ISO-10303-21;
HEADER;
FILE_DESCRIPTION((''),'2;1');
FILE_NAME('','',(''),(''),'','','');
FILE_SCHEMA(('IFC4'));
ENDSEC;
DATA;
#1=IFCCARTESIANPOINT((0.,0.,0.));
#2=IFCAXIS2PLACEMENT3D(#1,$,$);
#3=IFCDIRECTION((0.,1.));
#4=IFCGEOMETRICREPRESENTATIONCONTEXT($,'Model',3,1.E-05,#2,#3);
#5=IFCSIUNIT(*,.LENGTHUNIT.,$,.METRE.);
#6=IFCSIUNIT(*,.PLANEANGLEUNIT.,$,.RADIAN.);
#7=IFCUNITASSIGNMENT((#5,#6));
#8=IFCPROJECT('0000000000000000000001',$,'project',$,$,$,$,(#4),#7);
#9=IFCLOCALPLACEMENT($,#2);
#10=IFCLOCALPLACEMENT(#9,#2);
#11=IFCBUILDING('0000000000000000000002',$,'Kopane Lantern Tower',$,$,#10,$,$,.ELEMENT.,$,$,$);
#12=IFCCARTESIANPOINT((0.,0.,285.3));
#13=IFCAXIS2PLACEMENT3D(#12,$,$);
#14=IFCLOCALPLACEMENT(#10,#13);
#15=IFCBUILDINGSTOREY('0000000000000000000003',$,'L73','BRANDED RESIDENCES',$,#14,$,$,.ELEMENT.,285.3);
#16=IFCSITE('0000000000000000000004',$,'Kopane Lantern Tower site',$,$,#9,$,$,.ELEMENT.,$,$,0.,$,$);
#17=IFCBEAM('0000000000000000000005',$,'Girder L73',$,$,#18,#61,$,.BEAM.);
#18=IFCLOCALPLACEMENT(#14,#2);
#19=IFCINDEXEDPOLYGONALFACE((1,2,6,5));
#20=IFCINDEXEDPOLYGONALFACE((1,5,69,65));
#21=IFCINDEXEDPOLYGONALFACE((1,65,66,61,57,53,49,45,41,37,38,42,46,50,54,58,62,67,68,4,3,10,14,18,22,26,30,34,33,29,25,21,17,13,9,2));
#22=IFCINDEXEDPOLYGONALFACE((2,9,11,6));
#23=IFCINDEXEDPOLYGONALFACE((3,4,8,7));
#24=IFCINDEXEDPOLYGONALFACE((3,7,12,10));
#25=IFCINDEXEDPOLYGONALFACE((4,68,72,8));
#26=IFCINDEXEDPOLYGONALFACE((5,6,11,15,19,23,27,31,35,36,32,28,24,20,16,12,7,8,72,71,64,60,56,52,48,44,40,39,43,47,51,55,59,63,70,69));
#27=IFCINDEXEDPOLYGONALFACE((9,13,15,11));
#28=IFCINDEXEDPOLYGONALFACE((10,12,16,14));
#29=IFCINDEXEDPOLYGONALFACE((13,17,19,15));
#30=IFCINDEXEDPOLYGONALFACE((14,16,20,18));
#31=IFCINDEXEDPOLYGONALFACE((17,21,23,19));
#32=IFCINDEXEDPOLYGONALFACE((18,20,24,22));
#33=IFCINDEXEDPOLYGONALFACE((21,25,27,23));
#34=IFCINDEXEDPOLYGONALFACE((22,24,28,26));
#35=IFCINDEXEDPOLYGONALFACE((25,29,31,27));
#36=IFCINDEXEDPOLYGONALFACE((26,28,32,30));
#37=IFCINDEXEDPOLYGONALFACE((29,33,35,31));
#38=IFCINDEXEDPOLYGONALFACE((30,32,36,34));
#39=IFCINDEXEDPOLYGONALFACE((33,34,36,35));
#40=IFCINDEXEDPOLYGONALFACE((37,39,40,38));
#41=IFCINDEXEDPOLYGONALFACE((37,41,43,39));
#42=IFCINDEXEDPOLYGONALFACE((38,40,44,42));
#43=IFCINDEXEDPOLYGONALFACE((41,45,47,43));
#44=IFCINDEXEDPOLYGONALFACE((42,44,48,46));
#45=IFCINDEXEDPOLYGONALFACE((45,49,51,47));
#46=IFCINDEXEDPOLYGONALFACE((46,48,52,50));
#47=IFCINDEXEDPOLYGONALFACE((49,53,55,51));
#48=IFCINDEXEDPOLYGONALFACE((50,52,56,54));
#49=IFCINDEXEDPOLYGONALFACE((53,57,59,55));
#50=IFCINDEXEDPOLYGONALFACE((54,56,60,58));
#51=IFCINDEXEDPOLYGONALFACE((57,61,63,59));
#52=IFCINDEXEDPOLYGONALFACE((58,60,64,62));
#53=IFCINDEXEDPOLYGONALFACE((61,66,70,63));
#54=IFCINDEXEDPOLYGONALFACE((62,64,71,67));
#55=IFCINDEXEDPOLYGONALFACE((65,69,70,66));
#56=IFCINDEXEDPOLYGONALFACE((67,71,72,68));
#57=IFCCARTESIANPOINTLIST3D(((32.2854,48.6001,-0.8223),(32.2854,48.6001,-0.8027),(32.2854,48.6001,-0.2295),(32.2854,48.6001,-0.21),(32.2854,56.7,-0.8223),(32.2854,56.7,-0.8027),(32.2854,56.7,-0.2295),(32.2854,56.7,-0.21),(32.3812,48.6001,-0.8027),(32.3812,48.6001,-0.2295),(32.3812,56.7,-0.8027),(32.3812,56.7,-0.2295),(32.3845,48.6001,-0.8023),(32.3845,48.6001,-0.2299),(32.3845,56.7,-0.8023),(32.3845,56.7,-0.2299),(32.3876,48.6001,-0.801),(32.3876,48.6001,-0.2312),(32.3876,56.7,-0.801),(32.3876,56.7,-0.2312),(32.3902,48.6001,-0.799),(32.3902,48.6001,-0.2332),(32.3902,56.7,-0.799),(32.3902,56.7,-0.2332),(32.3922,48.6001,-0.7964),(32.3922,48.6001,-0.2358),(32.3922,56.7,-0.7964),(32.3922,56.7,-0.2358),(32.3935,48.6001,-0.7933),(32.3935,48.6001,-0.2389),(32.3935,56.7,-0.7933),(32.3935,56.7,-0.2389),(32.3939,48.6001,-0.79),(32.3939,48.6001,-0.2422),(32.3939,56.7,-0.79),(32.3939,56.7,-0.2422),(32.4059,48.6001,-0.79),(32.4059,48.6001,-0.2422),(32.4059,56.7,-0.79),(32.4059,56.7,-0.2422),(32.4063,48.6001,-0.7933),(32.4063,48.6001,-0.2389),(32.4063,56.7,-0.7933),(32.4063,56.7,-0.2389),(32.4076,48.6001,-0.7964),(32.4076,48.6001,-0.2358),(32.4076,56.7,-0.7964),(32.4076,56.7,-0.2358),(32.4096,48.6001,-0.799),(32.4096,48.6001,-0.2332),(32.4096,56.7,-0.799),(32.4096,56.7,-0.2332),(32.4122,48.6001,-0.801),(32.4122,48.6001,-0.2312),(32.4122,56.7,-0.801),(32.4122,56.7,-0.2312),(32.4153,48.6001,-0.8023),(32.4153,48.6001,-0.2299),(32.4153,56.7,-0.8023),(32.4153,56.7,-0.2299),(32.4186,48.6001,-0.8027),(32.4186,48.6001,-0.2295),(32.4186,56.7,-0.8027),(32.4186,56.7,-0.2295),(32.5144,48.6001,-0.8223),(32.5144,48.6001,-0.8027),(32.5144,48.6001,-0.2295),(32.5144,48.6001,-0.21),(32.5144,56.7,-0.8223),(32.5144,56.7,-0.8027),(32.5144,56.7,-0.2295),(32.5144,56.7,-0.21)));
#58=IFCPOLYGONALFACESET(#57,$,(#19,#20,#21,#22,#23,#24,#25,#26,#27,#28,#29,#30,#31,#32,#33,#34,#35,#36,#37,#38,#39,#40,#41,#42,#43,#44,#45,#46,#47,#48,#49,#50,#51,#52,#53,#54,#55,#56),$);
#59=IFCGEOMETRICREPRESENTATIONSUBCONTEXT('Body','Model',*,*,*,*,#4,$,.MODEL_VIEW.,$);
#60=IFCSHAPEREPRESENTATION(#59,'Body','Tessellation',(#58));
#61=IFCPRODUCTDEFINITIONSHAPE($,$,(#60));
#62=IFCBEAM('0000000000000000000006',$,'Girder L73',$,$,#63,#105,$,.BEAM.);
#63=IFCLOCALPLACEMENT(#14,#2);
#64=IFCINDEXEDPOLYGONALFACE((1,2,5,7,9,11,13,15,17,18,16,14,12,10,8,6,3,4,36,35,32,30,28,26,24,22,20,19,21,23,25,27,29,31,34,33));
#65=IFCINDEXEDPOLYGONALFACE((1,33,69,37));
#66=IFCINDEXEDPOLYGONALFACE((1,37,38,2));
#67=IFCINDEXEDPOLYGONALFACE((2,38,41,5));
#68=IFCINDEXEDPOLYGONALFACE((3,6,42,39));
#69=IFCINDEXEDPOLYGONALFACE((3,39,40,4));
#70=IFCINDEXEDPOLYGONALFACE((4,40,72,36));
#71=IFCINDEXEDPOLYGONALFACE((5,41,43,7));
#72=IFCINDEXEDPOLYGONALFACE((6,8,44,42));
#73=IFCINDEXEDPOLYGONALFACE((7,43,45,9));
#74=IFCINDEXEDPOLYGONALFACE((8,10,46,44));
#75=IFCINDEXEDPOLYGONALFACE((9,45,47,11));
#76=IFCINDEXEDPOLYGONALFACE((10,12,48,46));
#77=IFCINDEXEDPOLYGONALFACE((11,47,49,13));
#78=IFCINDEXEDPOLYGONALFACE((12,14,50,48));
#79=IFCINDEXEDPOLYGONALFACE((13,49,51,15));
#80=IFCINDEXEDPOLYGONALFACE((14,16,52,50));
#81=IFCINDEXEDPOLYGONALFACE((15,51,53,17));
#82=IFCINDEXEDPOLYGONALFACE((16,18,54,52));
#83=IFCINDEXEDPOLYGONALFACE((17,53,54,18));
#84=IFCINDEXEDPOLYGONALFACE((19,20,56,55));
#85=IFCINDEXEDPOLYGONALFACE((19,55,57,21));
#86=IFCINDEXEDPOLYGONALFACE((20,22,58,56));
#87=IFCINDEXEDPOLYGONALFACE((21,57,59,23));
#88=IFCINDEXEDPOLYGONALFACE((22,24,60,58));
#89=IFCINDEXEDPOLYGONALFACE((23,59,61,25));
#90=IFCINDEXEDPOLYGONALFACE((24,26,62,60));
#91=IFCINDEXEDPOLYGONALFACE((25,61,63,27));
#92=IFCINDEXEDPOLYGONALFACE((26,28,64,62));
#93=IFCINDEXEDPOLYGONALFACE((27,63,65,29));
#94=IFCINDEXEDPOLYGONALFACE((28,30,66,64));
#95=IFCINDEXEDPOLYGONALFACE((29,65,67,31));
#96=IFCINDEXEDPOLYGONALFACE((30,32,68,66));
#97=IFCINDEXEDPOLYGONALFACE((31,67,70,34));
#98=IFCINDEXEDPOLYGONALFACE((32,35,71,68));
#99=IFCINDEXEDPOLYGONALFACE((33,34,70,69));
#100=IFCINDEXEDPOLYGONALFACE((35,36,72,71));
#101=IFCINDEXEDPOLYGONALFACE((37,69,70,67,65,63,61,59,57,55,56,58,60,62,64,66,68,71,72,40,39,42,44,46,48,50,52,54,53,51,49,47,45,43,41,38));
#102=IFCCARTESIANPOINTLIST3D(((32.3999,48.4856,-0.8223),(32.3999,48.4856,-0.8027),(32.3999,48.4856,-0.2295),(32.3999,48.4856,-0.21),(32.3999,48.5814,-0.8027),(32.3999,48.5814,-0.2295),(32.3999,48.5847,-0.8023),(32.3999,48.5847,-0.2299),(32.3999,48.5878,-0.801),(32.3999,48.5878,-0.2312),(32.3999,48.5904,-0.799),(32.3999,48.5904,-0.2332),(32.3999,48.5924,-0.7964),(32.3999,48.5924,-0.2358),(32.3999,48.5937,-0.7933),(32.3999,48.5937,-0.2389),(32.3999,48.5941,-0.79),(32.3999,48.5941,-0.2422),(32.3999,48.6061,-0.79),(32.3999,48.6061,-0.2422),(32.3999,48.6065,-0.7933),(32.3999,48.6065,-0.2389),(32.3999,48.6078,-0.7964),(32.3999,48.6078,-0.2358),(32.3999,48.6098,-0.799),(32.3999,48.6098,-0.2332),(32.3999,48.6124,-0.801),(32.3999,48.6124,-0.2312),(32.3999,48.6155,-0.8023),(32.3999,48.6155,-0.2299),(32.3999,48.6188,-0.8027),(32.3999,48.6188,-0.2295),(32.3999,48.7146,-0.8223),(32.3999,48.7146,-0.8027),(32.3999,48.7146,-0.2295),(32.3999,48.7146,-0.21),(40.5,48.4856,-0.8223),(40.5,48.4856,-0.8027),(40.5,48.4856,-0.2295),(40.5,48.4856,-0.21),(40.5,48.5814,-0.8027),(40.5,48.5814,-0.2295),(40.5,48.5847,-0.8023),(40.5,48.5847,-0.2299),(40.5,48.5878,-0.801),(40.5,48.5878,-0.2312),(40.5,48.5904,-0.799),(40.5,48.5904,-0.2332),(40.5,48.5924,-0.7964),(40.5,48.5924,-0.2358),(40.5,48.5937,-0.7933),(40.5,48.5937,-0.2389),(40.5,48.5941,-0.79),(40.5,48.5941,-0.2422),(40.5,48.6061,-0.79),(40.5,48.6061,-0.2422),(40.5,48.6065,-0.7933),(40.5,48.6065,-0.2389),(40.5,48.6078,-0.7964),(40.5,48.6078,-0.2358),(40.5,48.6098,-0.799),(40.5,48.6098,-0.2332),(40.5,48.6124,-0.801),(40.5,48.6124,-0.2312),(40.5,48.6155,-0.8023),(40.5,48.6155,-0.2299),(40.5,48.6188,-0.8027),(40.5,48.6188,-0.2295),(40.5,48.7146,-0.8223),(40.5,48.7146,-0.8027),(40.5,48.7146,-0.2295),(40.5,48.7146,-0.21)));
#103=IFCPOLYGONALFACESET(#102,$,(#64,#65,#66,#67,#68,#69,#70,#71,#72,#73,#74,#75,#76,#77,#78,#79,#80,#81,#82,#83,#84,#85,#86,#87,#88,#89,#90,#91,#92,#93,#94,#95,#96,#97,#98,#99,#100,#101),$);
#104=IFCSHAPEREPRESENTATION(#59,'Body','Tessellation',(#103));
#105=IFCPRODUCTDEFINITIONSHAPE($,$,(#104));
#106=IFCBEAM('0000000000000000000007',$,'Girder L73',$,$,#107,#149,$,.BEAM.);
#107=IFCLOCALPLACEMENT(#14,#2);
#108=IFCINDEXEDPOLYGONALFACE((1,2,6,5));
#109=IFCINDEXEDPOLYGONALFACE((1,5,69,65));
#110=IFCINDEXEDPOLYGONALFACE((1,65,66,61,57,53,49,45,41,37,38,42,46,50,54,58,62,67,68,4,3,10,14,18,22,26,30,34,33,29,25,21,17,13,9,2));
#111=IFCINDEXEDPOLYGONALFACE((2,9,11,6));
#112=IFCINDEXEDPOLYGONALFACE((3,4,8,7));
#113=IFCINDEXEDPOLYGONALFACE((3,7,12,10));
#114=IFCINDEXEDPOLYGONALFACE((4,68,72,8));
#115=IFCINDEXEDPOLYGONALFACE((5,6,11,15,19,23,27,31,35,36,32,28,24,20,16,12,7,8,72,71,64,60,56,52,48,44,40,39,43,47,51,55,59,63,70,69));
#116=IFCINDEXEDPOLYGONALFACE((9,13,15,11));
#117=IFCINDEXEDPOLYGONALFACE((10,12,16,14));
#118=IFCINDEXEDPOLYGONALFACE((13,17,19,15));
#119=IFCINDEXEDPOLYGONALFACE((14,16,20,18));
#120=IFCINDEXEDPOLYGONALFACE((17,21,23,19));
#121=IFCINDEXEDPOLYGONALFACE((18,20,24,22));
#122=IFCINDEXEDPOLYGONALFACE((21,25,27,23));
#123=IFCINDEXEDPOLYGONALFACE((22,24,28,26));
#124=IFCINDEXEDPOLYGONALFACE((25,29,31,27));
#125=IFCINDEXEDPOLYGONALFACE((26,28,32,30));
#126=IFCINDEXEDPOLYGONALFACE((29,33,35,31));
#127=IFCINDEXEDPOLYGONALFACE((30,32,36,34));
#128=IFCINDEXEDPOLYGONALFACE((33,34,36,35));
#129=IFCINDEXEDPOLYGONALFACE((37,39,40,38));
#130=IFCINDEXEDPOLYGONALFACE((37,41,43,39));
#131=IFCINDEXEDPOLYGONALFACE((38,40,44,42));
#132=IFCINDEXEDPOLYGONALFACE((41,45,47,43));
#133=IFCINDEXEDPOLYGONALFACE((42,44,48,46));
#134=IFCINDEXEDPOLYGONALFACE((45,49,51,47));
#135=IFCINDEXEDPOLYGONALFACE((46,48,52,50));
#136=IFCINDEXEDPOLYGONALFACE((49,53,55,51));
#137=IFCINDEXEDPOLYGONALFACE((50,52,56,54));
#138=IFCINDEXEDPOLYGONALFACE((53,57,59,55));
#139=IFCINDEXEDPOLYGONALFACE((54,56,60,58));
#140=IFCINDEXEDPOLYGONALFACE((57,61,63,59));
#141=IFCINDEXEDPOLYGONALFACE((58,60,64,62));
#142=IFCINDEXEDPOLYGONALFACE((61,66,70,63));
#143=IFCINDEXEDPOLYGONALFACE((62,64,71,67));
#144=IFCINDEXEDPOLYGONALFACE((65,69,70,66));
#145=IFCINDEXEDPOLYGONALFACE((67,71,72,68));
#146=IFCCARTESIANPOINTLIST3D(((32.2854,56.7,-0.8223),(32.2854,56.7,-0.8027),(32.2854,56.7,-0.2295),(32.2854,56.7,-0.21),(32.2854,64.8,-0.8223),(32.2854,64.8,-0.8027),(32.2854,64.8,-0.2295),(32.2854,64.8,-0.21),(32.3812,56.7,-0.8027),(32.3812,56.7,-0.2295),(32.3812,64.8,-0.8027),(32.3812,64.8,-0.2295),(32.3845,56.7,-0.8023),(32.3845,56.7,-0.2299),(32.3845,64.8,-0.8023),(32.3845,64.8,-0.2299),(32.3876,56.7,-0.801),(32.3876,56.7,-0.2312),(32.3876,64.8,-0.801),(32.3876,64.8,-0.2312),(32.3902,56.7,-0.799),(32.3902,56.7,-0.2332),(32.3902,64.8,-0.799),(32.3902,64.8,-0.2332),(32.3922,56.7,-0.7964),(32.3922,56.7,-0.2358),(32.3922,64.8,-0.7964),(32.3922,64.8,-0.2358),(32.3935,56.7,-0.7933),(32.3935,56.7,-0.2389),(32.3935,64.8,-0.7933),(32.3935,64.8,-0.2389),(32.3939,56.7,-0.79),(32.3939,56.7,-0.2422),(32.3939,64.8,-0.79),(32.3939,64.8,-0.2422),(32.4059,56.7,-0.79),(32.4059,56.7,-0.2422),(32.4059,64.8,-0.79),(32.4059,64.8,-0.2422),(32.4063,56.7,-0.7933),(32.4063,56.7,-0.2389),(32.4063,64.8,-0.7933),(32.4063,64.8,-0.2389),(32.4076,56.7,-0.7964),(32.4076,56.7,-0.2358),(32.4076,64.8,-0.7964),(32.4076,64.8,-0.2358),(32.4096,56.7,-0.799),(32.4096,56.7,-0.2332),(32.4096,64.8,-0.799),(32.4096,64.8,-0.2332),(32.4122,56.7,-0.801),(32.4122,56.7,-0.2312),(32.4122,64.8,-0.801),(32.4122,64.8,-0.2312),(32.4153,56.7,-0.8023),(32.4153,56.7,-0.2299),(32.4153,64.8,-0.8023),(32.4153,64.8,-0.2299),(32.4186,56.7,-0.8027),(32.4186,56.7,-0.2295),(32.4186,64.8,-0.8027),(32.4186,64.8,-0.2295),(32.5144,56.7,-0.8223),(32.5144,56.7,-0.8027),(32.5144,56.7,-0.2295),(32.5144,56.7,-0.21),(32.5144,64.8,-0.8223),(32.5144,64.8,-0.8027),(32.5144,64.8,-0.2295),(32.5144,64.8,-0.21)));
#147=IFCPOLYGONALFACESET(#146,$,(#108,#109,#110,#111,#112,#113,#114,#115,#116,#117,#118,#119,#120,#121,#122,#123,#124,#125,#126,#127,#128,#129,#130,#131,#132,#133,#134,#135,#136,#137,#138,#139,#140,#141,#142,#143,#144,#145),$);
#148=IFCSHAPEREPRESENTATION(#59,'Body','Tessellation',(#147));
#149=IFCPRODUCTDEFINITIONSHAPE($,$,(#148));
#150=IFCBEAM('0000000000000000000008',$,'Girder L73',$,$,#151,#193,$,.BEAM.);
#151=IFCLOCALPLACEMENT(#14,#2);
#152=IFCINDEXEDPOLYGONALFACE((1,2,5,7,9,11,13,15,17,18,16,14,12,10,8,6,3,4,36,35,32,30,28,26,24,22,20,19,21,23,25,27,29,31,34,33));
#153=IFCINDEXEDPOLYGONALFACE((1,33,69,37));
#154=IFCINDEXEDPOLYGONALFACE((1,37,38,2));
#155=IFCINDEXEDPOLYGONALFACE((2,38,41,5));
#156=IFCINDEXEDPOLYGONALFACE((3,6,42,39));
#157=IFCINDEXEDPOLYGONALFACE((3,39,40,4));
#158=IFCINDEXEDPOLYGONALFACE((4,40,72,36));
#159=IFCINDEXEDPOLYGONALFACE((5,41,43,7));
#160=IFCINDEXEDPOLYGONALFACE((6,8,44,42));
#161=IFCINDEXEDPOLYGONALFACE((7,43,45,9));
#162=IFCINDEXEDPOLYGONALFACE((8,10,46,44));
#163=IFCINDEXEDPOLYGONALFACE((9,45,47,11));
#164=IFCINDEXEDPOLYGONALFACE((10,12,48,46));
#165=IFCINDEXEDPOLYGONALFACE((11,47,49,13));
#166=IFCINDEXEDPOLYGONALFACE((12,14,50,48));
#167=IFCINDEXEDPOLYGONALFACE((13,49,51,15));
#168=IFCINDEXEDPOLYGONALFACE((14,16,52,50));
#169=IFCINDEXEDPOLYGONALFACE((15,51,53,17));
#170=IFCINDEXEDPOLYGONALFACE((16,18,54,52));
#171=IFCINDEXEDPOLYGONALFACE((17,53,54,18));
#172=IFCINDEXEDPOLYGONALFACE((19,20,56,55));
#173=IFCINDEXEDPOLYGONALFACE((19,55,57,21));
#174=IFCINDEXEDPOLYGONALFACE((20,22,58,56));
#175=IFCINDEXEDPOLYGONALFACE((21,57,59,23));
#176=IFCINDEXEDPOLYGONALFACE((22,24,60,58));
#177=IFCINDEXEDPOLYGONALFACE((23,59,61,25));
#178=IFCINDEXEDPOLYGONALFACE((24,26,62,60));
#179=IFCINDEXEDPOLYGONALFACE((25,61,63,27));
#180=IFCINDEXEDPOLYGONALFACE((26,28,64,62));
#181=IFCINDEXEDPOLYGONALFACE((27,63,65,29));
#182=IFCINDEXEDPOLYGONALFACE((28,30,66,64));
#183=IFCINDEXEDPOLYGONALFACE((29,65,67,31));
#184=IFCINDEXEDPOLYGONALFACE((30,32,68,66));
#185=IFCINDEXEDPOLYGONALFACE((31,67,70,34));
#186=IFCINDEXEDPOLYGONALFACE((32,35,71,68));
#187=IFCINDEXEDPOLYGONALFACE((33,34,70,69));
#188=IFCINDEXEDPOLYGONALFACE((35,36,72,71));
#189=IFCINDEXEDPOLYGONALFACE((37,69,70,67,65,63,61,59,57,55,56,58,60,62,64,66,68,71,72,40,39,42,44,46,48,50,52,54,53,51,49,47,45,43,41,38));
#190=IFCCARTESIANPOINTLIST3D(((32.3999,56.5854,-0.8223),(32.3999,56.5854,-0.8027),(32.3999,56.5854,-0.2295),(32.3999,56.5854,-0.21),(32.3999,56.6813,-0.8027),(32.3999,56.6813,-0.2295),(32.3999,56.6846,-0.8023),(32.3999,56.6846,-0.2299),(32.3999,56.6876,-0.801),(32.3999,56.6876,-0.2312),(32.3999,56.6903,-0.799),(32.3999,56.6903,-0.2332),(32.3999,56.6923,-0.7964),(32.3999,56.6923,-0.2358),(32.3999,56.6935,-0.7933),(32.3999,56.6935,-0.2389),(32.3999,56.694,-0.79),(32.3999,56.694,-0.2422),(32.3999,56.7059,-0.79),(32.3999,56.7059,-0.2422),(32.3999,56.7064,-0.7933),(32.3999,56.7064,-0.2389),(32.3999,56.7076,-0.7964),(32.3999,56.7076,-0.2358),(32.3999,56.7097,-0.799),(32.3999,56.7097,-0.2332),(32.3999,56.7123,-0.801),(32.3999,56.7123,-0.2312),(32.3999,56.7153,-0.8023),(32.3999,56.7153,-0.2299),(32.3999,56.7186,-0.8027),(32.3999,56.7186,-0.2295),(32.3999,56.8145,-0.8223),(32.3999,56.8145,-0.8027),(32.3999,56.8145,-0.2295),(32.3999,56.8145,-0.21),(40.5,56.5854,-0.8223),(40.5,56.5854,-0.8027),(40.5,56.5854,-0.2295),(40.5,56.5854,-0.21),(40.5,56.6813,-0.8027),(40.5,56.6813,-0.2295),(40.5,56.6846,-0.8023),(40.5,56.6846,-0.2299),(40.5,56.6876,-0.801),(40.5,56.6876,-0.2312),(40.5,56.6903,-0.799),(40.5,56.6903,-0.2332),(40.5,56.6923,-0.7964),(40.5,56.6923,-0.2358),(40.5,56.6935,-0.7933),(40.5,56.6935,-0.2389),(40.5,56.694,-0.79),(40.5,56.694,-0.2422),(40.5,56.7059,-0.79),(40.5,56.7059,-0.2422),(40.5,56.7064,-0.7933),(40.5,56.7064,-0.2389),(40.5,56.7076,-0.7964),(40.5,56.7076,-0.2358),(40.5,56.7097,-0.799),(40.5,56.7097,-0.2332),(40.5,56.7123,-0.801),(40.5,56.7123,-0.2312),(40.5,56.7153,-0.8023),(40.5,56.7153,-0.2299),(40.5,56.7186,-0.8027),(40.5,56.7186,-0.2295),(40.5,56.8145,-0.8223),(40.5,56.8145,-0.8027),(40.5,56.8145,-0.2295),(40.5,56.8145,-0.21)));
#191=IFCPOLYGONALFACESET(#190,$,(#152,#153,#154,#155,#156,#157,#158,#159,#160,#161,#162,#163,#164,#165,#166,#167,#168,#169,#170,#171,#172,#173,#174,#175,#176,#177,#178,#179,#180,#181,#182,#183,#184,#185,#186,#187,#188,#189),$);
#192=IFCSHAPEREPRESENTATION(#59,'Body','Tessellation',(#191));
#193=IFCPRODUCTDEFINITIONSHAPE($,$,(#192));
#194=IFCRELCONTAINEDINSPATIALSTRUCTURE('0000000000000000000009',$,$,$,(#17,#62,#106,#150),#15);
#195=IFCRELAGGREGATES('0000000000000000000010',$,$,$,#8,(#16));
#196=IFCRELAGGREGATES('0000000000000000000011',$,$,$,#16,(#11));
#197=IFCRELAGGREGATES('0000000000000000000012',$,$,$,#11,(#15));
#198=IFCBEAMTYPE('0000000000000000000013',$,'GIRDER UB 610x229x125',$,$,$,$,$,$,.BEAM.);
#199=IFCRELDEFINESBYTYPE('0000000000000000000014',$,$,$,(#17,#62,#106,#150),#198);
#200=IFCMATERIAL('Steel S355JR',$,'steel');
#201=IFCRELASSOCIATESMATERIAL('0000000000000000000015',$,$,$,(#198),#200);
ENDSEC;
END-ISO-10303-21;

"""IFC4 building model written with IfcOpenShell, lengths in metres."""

from ifc_helpers import new_model, si_unit, direction, frame, origin, origin_2d, place, context, subcontext, project, spatial, i_section, extrude, material, material_profile, profile_set, type_object, element, save


model = new_model("IFC4")

# Units and contexts
model_context = context("Model", 3, precision=1e-05, world=origin(), true_north=direction((0.0, 1.0)))
body_context = subcontext(model_context, "Body", "Model", "MODEL_VIEW")
ifc_project = project(units=[si_unit("LENGTHUNIT", "METRE"), si_unit("PLANEANGLEUNIT", "RADIAN")], contexts=[model_context])

# Site, building, storey
site_placement = place(None, origin())
site = spatial("IfcSite", under=ifc_project, at=site_placement, Name="Kopane Lantern Tower site", CompositionType="ELEMENT", RefElevation=0.0)
building_placement = place(site_placement, origin())
building = spatial("IfcBuilding", under=site, at=building_placement, Name="Kopane Lantern Tower", CompositionType="ELEMENT")
storey_placement = place(building_placement, frame((0.0, 0.0, 285.3)))
storey = spatial("IfcBuildingStorey", under=building, at=storey_placement, Name="L73", Description="BRANDED RESIDENCES", CompositionType="ELEMENT", Elevation=285.3)

# Beams
ifc_material_1 = material(Name="Steel S355JR", Category="steel")
ifc_material_profile_1 = material_profile(ifc_material_1, i_section(OverallWidth=0.229, OverallDepth=0.6123, WebThickness=0.012, FlangeThickness=0.0195, FilletRadius=0.0127, at=origin_2d()), Name="UB 610x229x125")
ifc_profile_set_1 = profile_set([ifc_material_profile_1], Name="Steel S355JR")
beam_type = type_object("IfcBeamType", Name="GIRDER UB 610x229x125", PredefinedType="BEAM", material=ifc_profile_set_1)
beam_1_placement = place(storey_placement, frame((32.3999, 48.6001, -0.5161), z_axis=(0.0, 1.0, 0.0), x_axis=(-1.0, 0.0, 0.0)))
element("IfcBeam", 1, at=beam_1_placement, inside=storey, type_object=beam_type, Name="Girder L73", PredefinedType="BEAM", context=body_context, shape_type="SweptSolid", body=[
    extrude(i_section(OverallWidth=0.229, OverallDepth=0.6123, WebThickness=0.012, FlangeThickness=0.0195, FilletRadius=0.0127, at=origin_2d()), origin(), (0.0, 0.0, 1.0), 8.0999),
])
for number, where, z_axis, x_axis, name in (
    (2, (32.3999, 48.6001, -0.5161), (1.0, 0.0, 0.0), (0.0, 1.0, 0.0), "Girder L73"),
    (3, (32.3999, 56.7, -0.5161), (0.0, 1.0, 0.0), (-1.0, 0.0, 0.0), "Girder L73"),
    (4, (32.3999, 56.7, -0.5161), (1.0, 0.0, 0.0), (0.0, 1.0, 0.0), "Girder L73"),
):
    element("IfcBeam", number, at=place(storey_placement, frame(where, z_axis=z_axis, x_axis=x_axis)), inside=storey, type_object=beam_type, Name=name, PredefinedType="BEAM", context=body_context, shape_type="SweptSolid", body=[
        extrude(i_section(OverallWidth=0.229, OverallDepth=0.6123, WebThickness=0.012, FlangeThickness=0.0195, FilletRadius=0.0127, at=origin_2d()), origin(), (0.0, 0.0, 1.0), 8.1001),
    ])

save(model, "model.ifc")
